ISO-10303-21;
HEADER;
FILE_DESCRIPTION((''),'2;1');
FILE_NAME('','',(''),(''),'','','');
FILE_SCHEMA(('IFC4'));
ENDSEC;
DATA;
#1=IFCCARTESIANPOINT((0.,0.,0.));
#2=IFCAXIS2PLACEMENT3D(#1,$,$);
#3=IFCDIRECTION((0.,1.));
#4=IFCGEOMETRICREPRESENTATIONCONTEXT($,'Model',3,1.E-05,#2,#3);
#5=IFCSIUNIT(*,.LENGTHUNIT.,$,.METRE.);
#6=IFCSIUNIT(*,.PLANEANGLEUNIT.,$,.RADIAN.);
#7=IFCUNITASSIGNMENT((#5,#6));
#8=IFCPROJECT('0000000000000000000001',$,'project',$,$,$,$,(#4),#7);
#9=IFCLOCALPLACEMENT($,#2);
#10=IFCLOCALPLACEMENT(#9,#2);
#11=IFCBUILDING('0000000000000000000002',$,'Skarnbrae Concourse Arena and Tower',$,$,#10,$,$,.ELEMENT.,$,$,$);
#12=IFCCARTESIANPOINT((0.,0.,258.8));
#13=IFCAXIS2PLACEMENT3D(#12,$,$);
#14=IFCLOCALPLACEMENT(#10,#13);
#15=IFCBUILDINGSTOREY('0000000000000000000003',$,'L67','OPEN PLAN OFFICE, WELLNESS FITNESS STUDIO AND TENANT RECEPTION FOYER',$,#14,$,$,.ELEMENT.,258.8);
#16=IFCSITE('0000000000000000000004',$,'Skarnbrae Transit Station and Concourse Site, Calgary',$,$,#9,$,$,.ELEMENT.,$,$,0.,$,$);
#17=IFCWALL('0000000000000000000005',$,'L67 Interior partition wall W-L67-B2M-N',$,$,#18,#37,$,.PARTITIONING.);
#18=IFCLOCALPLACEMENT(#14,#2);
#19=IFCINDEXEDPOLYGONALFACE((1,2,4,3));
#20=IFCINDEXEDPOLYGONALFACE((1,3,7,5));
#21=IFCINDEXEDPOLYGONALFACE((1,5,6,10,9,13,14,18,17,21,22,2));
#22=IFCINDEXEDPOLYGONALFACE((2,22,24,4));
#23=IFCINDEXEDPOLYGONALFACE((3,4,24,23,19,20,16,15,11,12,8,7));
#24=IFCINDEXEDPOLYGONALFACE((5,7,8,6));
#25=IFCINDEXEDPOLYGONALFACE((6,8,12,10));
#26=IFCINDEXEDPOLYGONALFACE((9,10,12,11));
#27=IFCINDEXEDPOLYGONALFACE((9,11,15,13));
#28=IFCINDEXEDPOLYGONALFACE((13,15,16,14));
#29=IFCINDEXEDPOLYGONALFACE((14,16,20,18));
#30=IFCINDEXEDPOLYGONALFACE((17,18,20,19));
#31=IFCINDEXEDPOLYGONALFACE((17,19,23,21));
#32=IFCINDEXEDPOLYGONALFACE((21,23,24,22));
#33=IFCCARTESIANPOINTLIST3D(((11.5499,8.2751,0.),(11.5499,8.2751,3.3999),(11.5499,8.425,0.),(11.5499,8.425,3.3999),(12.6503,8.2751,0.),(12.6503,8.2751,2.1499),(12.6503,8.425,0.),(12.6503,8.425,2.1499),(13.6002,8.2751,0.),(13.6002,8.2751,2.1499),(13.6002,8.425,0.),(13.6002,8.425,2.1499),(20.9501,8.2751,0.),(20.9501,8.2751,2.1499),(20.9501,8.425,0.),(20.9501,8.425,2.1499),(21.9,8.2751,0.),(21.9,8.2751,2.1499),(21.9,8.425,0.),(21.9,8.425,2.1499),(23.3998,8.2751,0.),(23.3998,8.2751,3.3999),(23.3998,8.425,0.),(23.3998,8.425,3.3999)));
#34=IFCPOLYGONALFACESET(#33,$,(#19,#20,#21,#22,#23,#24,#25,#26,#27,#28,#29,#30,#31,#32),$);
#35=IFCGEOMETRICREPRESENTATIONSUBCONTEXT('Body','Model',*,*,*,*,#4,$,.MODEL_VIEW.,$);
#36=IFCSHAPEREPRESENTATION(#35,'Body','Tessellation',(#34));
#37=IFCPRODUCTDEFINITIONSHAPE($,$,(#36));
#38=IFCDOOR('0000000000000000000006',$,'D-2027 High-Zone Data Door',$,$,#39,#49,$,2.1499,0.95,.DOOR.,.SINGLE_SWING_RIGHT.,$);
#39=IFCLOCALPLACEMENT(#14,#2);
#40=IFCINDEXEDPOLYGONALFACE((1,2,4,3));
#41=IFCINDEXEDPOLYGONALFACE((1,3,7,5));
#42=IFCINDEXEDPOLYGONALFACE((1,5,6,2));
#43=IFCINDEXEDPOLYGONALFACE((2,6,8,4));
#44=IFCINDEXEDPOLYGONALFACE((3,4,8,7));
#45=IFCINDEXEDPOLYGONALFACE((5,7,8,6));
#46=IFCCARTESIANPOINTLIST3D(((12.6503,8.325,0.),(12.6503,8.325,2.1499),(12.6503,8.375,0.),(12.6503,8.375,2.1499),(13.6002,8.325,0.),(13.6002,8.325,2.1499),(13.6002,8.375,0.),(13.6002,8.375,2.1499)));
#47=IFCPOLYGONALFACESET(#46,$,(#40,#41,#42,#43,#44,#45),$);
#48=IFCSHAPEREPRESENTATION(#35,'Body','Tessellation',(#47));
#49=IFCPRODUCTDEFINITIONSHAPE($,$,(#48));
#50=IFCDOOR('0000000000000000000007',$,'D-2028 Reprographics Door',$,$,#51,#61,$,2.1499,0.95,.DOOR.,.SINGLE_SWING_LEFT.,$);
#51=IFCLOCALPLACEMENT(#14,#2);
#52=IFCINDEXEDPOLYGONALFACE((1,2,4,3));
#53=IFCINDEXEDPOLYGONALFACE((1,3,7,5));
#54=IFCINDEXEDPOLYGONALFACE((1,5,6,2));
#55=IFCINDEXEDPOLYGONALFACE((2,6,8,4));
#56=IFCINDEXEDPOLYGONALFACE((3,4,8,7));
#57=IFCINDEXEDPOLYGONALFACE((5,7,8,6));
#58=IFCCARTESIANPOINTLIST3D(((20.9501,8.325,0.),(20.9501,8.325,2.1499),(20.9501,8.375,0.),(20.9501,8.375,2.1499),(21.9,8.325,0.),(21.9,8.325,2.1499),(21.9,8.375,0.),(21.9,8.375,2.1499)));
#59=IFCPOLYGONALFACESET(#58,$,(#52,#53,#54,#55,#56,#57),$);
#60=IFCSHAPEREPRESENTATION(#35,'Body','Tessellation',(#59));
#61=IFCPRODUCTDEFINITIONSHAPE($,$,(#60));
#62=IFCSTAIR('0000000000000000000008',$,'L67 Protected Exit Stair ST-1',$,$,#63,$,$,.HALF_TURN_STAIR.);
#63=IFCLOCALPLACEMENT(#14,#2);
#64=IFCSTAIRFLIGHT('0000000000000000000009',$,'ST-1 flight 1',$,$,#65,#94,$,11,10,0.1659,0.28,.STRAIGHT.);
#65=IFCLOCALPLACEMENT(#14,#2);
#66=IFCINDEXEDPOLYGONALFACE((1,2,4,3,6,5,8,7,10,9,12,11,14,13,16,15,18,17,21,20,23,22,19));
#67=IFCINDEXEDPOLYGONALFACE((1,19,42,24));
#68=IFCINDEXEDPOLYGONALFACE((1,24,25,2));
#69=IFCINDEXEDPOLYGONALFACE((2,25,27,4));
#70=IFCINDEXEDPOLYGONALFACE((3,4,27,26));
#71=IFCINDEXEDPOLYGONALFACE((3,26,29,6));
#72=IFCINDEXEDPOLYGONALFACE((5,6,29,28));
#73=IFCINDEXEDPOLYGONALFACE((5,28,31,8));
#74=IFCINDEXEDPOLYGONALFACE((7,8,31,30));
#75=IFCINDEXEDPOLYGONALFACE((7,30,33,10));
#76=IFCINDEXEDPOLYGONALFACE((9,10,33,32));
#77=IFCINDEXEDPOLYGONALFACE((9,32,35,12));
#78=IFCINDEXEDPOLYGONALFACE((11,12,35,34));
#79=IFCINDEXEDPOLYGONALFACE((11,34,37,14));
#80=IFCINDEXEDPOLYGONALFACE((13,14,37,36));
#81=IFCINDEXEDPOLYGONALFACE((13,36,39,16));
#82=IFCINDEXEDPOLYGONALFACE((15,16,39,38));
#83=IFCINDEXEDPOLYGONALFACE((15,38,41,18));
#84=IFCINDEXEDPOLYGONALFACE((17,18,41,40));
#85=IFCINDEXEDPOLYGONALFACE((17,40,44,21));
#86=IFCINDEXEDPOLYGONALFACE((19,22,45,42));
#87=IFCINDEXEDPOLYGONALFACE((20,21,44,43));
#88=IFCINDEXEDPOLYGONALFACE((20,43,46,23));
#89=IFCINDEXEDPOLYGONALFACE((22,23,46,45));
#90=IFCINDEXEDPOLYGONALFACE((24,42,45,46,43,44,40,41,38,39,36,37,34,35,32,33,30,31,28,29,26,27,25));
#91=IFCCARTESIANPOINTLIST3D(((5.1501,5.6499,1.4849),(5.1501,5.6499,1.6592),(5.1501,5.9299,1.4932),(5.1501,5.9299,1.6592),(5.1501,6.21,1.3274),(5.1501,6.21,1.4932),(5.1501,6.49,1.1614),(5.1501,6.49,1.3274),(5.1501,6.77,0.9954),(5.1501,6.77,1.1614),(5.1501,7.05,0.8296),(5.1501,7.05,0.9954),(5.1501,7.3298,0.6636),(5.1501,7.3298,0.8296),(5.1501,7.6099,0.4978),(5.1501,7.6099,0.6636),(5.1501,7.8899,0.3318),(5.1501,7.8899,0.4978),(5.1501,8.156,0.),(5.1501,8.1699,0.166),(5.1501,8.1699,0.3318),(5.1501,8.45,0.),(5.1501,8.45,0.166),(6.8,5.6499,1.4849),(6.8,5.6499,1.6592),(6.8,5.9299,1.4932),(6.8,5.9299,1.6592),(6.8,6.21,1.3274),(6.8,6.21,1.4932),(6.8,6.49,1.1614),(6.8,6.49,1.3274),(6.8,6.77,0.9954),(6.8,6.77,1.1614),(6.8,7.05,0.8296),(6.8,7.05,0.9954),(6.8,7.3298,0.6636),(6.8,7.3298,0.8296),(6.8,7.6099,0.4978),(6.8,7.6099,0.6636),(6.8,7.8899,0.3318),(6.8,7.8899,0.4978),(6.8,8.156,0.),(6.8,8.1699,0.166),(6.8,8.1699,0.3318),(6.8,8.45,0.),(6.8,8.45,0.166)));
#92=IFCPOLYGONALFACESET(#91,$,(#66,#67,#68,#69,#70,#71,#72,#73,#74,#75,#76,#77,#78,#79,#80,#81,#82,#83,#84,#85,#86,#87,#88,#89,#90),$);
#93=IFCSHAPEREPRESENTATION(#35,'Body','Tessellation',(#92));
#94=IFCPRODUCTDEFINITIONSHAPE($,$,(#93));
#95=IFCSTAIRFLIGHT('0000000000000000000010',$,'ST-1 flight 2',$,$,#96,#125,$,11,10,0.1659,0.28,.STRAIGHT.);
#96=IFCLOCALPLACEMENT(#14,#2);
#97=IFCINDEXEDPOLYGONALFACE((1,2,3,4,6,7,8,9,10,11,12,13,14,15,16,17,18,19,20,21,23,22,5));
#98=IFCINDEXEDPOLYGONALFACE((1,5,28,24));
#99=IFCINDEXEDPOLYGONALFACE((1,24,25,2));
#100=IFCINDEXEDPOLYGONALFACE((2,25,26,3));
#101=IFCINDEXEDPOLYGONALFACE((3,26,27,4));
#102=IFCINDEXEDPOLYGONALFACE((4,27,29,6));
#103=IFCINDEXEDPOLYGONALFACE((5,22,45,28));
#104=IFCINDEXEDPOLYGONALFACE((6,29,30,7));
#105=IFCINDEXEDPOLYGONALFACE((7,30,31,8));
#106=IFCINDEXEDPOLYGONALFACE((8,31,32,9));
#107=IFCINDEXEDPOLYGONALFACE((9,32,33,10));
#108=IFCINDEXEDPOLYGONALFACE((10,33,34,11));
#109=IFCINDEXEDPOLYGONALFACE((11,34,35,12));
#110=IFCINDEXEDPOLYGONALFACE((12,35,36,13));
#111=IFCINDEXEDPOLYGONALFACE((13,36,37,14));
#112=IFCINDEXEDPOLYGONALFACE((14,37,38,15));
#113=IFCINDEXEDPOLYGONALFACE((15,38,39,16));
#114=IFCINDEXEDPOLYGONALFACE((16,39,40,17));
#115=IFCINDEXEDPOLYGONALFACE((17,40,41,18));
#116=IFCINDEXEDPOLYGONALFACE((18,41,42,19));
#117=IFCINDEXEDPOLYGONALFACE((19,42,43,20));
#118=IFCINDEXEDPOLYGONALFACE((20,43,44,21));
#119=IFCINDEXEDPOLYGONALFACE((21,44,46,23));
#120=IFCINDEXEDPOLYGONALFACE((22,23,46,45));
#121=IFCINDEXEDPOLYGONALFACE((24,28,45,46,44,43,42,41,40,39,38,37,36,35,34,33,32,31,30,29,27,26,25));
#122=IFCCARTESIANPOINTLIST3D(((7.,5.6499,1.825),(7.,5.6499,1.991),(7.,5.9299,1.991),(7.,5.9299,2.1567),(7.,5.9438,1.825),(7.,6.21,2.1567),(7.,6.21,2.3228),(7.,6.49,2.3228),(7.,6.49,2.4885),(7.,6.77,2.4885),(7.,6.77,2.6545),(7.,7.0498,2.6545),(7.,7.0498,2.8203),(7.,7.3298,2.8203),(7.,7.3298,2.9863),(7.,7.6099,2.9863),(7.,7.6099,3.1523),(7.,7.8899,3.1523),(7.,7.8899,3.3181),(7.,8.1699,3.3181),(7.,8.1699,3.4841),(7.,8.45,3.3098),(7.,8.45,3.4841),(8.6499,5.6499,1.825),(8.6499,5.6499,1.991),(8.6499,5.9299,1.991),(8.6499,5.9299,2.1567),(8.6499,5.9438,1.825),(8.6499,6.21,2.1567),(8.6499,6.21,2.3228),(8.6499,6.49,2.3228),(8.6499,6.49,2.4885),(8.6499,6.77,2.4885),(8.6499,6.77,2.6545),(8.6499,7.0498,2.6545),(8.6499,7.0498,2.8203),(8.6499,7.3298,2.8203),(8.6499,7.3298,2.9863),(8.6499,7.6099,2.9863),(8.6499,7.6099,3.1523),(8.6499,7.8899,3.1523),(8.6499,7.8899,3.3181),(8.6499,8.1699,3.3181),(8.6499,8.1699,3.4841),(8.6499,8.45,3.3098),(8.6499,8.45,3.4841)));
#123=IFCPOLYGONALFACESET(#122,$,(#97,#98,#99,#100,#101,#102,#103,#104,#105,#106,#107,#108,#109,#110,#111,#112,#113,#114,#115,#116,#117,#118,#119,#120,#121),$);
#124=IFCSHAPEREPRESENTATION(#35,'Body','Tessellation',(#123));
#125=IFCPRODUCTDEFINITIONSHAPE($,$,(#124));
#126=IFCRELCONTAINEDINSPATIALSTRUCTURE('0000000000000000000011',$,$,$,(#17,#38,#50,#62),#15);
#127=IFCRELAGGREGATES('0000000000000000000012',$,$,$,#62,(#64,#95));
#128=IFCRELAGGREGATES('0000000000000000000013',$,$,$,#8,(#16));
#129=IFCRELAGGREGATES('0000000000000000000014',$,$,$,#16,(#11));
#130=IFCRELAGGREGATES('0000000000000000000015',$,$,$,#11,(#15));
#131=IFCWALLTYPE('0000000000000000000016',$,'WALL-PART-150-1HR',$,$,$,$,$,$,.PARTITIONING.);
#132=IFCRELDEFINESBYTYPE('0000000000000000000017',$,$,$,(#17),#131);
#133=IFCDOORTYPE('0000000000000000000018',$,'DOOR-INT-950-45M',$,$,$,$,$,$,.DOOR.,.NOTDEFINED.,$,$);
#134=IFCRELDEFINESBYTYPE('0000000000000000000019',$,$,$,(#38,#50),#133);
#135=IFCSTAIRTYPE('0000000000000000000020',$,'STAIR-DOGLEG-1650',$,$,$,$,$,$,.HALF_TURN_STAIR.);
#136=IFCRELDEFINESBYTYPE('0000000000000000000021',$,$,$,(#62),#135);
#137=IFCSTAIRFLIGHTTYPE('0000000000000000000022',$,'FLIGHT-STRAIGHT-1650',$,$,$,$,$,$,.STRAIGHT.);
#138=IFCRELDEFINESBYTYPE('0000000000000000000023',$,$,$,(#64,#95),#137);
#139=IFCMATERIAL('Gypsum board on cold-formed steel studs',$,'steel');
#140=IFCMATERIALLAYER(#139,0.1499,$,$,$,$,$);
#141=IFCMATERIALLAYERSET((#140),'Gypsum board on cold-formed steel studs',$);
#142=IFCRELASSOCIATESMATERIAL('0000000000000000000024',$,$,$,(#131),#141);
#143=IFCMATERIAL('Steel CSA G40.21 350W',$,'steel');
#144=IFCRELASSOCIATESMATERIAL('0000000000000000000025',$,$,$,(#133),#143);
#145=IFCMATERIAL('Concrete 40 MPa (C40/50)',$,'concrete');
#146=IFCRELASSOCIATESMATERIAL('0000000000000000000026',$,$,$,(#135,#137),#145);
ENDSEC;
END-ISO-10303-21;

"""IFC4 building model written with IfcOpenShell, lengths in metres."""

from ifc_helpers import new_model, si_unit, direction, frame, frame_2d, origin, place, context, subcontext, project, spatial, polyline, rectangle, outline, extrude, source, transform, mapped, material, layer, layer_set, type_object, element, fill, aggregate, save


model = new_model("IFC4")

# Units and contexts
model_context = context("Model", 3, precision=1e-05, world=origin(), true_north=direction((0.0, 1.0)))
body_context = subcontext(model_context, "Body", "Model", "MODEL_VIEW")
ifc_project = project(units=[si_unit("LENGTHUNIT", "METRE"), si_unit("PLANEANGLEUNIT", "RADIAN")], contexts=[model_context])

# Site, building, storey
site_placement = place(None, origin())
site = spatial("IfcSite", under=ifc_project, at=site_placement, Name="Skarnbrae Transit Station and Concourse Site, Calgary", CompositionType="ELEMENT", RefElevation=0.0)
building_placement = place(site_placement, origin())
building = spatial("IfcBuilding", under=site, at=building_placement, Name="Skarnbrae Concourse Arena and Tower", CompositionType="ELEMENT")
storey_placement = place(building_placement, frame((0.0, 0.0, 258.8)))
storey = spatial("IfcBuildingStorey", under=building, at=storey_placement, Name="L67", Description="OPEN PLAN OFFICE, WELLNESS FITNESS STUDIO AND TENANT RECEPTION FOYER", CompositionType="ELEMENT", Elevation=258.8)

# Shared definitions
ifc_material_1 = material(Name="Gypsum board on cold-formed steel studs", Category="steel")
ifc_material_2 = material(Name="Steel CSA G40.21 350W", Category="steel")

# Shared definitions
ifc_layer_1 = layer(ifc_material_1, 0.1499)
ifc_layer_set_1 = layer_set([ifc_layer_1], Name="Gypsum board on cold-formed steel studs")
wall_type_1 = type_object("IfcWallType", Name="WALL-PART-150-1HR", PredefinedType="PARTITIONING", material=ifc_layer_set_1)

# Shared definitions
door_type_1 = type_object("IfcDoorType", Name="DOOR-INT-950-45M", OperationType="NOTDEFINED", PredefinedType="DOOR", material=ifc_material_2)
shared_shape_1 = source(origin(), body_context, "Body", "SweptSolid", [
    extrude(rectangle(XDim=0.95, YDim=2.1499, at=frame_2d((0.4751, 1.075))), frame((0.0, 0.0249, 0.0), z_axis=(0.0, -1.0, 0.0), x_axis=(1.0, 0.0, 0.0)), (0.0, 0.0, 1.0), 0.05),
])

# Shared definitions
shared_shape_2 = source(origin(), body_context, "Body", "SweptSolid", [
    extrude(rectangle(XDim=11.8499, YDim=0.1499, at=frame_2d((5.9248, 0.0))), origin(), (0.0, 0.0, 1.0), 3.3999),
])

# Wall, openings, doors
wall_1_placement = place(storey_placement, frame((11.55, 8.3501, 0.0), z_axis=(0.0, 0.0, 1.0), x_axis=(1.0, 0.0, 0.0)))
wall_1 = element("IfcWall", 1, at=wall_1_placement, inside=storey, type_object=wall_type_1, Name="L67 Interior partition wall W-L67-B2M-N", PredefinedType="PARTITIONING", context=body_context, shape_type="MappedRepresentation", body=[
    mapped(shared_shape_2, transform((0.0, 0.0, 0.0))),
])
opening_1_placement = place(wall_1_placement, frame((1.1001, 0.0, 0.0)))
opening_1 = element("IfcOpeningElement", 2, at=opening_1_placement, cuts=wall_1, PredefinedType="OPENING", context=body_context, shape_type="SweptSolid", body=[
    extrude(rectangle(XDim=0.95, YDim=2.1499, at=frame_2d((0.4751, 1.075))), frame((0.0, 0.085, 0.0), z_axis=(0.0, -1.0, 0.0), x_axis=(1.0, 0.0, 0.0)), (0.0, 0.0, 1.0), 0.1699),
])
opening_2_placement = place(wall_1_placement, frame((9.3999, 0.0, 0.0)))
opening_2 = element("IfcOpeningElement", 3, at=opening_2_placement, cuts=wall_1, PredefinedType="OPENING", context=body_context, shape_type="SweptSolid", body=[
    extrude(rectangle(XDim=0.95, YDim=2.1499, at=frame_2d((0.4751, 1.075))), frame((0.0, 0.085, 0.0), z_axis=(0.0, -1.0, 0.0), x_axis=(1.0, 0.0, 0.0)), (0.0, 0.0, 1.0), 0.1699),
])
door_1_placement = place(opening_1_placement, origin())
door_1 = element("IfcDoor", 4, at=door_1_placement, inside=storey, type_object=door_type_1, Name="D-2027 High-Zone Data Door", OperationType="SINGLE_SWING_RIGHT", OverallHeight=2.1499, OverallWidth=0.95, PredefinedType="DOOR", context=body_context, shape_type="MappedRepresentation", body=[
    mapped(shared_shape_1, transform((0.0, 0.0, 0.0))),
])
fill(opening_1, door_1)
door_2_placement = place(opening_2_placement, origin())
door_2 = element("IfcDoor", 5, at=door_2_placement, inside=storey, type_object=door_type_1, Name="D-2028 Reprographics Door", OperationType="SINGLE_SWING_LEFT", OverallHeight=2.1499, OverallWidth=0.95, PredefinedType="DOOR", context=body_context, shape_type="MappedRepresentation", body=[
    mapped(shared_shape_1, transform((0.0, 0.0, 0.0))),
])
fill(opening_2, door_2)

# Stair, stair flights
ifc_material_3 = material(Name="Concrete 40 MPa (C40/50)", Category="concrete")
stair_type = type_object("IfcStairType", Name="STAIR-DOGLEG-1650", PredefinedType="HALF_TURN_STAIR", material=ifc_material_3)
stair_placement = place(storey_placement, origin())
stair = element("IfcStair", 6, at=stair_placement, inside=storey, type_object=stair_type, Name="L67 Protected Exit Stair ST-1", PredefinedType="HALF_TURN_STAIR")
stair_flight_type = type_object("IfcStairFlightType", Name="FLIGHT-STRAIGHT-1650", PredefinedType="STRAIGHT", material=ifc_material_3)
shared_shape_3 = source(origin(), body_context, "Body", "SweptSolid", [
    extrude(outline(polyline([(0.0, 0.0), (0.0, 0.166), (0.28, 0.166), (0.28, 0.3318), (0.5601, 0.3318), (0.5601, 0.4978), (0.8401, 0.4978), (0.8401, 0.6636), (1.1201, 0.6636), (1.1201, 0.8296), (1.3999, 0.8296), (1.3999, 0.9954), (1.6799, 0.9954), (1.6799, 1.1614), (1.96, 1.1614), (1.96, 1.3274), (2.24, 1.3274), (2.24, 1.4932), (2.52, 1.4932), (2.52, 1.6592), (2.8, 1.6592), (2.8, 1.825), (2.8, 1.4849), (0.2939, 0.0), (0.0, 0.0)])), frame((0.0, 0.825, 0.0), z_axis=(0.0, -1.0, 0.0), x_axis=(1.0, 0.0, 0.0)), (0.0, 0.0, 1.0), 1.6499),
])
stair_flight_1_placement = place(storey_placement, frame((5.9751, 8.45, 0.0), z_axis=(0.0, 0.0, 1.0), x_axis=(0.0, -1.0, 0.0)))
stair_flight_1 = element("IfcStairFlight", 7, at=stair_flight_1_placement, type_object=stair_flight_type, Name="ST-1 flight 1", NumberOfRisers=11, NumberOfTreads=10, PredefinedType="STRAIGHT", RiserHeight=0.1659, TreadLength=0.28, context=body_context, shape_type="MappedRepresentation", body=[
    mapped(shared_shape_3, transform((0.0, 0.0, 0.0))),
])
stair_flight_2_placement = place(storey_placement, frame((7.825, 5.6499, 1.825), z_axis=(0.0, 0.0, 1.0), x_axis=(0.0, 1.0, 0.0)))
stair_flight_2 = element("IfcStairFlight", 8, at=stair_flight_2_placement, type_object=stair_flight_type, Name="ST-1 flight 2", NumberOfRisers=11, NumberOfTreads=10, PredefinedType="STRAIGHT", RiserHeight=0.1659, TreadLength=0.28, context=body_context, shape_type="MappedRepresentation", body=[
    mapped(shared_shape_3, transform((0.0, 0.0, 0.0))),
])
aggregate(stair, [stair_flight_1, stair_flight_2])

save(model, "model.ifc")
